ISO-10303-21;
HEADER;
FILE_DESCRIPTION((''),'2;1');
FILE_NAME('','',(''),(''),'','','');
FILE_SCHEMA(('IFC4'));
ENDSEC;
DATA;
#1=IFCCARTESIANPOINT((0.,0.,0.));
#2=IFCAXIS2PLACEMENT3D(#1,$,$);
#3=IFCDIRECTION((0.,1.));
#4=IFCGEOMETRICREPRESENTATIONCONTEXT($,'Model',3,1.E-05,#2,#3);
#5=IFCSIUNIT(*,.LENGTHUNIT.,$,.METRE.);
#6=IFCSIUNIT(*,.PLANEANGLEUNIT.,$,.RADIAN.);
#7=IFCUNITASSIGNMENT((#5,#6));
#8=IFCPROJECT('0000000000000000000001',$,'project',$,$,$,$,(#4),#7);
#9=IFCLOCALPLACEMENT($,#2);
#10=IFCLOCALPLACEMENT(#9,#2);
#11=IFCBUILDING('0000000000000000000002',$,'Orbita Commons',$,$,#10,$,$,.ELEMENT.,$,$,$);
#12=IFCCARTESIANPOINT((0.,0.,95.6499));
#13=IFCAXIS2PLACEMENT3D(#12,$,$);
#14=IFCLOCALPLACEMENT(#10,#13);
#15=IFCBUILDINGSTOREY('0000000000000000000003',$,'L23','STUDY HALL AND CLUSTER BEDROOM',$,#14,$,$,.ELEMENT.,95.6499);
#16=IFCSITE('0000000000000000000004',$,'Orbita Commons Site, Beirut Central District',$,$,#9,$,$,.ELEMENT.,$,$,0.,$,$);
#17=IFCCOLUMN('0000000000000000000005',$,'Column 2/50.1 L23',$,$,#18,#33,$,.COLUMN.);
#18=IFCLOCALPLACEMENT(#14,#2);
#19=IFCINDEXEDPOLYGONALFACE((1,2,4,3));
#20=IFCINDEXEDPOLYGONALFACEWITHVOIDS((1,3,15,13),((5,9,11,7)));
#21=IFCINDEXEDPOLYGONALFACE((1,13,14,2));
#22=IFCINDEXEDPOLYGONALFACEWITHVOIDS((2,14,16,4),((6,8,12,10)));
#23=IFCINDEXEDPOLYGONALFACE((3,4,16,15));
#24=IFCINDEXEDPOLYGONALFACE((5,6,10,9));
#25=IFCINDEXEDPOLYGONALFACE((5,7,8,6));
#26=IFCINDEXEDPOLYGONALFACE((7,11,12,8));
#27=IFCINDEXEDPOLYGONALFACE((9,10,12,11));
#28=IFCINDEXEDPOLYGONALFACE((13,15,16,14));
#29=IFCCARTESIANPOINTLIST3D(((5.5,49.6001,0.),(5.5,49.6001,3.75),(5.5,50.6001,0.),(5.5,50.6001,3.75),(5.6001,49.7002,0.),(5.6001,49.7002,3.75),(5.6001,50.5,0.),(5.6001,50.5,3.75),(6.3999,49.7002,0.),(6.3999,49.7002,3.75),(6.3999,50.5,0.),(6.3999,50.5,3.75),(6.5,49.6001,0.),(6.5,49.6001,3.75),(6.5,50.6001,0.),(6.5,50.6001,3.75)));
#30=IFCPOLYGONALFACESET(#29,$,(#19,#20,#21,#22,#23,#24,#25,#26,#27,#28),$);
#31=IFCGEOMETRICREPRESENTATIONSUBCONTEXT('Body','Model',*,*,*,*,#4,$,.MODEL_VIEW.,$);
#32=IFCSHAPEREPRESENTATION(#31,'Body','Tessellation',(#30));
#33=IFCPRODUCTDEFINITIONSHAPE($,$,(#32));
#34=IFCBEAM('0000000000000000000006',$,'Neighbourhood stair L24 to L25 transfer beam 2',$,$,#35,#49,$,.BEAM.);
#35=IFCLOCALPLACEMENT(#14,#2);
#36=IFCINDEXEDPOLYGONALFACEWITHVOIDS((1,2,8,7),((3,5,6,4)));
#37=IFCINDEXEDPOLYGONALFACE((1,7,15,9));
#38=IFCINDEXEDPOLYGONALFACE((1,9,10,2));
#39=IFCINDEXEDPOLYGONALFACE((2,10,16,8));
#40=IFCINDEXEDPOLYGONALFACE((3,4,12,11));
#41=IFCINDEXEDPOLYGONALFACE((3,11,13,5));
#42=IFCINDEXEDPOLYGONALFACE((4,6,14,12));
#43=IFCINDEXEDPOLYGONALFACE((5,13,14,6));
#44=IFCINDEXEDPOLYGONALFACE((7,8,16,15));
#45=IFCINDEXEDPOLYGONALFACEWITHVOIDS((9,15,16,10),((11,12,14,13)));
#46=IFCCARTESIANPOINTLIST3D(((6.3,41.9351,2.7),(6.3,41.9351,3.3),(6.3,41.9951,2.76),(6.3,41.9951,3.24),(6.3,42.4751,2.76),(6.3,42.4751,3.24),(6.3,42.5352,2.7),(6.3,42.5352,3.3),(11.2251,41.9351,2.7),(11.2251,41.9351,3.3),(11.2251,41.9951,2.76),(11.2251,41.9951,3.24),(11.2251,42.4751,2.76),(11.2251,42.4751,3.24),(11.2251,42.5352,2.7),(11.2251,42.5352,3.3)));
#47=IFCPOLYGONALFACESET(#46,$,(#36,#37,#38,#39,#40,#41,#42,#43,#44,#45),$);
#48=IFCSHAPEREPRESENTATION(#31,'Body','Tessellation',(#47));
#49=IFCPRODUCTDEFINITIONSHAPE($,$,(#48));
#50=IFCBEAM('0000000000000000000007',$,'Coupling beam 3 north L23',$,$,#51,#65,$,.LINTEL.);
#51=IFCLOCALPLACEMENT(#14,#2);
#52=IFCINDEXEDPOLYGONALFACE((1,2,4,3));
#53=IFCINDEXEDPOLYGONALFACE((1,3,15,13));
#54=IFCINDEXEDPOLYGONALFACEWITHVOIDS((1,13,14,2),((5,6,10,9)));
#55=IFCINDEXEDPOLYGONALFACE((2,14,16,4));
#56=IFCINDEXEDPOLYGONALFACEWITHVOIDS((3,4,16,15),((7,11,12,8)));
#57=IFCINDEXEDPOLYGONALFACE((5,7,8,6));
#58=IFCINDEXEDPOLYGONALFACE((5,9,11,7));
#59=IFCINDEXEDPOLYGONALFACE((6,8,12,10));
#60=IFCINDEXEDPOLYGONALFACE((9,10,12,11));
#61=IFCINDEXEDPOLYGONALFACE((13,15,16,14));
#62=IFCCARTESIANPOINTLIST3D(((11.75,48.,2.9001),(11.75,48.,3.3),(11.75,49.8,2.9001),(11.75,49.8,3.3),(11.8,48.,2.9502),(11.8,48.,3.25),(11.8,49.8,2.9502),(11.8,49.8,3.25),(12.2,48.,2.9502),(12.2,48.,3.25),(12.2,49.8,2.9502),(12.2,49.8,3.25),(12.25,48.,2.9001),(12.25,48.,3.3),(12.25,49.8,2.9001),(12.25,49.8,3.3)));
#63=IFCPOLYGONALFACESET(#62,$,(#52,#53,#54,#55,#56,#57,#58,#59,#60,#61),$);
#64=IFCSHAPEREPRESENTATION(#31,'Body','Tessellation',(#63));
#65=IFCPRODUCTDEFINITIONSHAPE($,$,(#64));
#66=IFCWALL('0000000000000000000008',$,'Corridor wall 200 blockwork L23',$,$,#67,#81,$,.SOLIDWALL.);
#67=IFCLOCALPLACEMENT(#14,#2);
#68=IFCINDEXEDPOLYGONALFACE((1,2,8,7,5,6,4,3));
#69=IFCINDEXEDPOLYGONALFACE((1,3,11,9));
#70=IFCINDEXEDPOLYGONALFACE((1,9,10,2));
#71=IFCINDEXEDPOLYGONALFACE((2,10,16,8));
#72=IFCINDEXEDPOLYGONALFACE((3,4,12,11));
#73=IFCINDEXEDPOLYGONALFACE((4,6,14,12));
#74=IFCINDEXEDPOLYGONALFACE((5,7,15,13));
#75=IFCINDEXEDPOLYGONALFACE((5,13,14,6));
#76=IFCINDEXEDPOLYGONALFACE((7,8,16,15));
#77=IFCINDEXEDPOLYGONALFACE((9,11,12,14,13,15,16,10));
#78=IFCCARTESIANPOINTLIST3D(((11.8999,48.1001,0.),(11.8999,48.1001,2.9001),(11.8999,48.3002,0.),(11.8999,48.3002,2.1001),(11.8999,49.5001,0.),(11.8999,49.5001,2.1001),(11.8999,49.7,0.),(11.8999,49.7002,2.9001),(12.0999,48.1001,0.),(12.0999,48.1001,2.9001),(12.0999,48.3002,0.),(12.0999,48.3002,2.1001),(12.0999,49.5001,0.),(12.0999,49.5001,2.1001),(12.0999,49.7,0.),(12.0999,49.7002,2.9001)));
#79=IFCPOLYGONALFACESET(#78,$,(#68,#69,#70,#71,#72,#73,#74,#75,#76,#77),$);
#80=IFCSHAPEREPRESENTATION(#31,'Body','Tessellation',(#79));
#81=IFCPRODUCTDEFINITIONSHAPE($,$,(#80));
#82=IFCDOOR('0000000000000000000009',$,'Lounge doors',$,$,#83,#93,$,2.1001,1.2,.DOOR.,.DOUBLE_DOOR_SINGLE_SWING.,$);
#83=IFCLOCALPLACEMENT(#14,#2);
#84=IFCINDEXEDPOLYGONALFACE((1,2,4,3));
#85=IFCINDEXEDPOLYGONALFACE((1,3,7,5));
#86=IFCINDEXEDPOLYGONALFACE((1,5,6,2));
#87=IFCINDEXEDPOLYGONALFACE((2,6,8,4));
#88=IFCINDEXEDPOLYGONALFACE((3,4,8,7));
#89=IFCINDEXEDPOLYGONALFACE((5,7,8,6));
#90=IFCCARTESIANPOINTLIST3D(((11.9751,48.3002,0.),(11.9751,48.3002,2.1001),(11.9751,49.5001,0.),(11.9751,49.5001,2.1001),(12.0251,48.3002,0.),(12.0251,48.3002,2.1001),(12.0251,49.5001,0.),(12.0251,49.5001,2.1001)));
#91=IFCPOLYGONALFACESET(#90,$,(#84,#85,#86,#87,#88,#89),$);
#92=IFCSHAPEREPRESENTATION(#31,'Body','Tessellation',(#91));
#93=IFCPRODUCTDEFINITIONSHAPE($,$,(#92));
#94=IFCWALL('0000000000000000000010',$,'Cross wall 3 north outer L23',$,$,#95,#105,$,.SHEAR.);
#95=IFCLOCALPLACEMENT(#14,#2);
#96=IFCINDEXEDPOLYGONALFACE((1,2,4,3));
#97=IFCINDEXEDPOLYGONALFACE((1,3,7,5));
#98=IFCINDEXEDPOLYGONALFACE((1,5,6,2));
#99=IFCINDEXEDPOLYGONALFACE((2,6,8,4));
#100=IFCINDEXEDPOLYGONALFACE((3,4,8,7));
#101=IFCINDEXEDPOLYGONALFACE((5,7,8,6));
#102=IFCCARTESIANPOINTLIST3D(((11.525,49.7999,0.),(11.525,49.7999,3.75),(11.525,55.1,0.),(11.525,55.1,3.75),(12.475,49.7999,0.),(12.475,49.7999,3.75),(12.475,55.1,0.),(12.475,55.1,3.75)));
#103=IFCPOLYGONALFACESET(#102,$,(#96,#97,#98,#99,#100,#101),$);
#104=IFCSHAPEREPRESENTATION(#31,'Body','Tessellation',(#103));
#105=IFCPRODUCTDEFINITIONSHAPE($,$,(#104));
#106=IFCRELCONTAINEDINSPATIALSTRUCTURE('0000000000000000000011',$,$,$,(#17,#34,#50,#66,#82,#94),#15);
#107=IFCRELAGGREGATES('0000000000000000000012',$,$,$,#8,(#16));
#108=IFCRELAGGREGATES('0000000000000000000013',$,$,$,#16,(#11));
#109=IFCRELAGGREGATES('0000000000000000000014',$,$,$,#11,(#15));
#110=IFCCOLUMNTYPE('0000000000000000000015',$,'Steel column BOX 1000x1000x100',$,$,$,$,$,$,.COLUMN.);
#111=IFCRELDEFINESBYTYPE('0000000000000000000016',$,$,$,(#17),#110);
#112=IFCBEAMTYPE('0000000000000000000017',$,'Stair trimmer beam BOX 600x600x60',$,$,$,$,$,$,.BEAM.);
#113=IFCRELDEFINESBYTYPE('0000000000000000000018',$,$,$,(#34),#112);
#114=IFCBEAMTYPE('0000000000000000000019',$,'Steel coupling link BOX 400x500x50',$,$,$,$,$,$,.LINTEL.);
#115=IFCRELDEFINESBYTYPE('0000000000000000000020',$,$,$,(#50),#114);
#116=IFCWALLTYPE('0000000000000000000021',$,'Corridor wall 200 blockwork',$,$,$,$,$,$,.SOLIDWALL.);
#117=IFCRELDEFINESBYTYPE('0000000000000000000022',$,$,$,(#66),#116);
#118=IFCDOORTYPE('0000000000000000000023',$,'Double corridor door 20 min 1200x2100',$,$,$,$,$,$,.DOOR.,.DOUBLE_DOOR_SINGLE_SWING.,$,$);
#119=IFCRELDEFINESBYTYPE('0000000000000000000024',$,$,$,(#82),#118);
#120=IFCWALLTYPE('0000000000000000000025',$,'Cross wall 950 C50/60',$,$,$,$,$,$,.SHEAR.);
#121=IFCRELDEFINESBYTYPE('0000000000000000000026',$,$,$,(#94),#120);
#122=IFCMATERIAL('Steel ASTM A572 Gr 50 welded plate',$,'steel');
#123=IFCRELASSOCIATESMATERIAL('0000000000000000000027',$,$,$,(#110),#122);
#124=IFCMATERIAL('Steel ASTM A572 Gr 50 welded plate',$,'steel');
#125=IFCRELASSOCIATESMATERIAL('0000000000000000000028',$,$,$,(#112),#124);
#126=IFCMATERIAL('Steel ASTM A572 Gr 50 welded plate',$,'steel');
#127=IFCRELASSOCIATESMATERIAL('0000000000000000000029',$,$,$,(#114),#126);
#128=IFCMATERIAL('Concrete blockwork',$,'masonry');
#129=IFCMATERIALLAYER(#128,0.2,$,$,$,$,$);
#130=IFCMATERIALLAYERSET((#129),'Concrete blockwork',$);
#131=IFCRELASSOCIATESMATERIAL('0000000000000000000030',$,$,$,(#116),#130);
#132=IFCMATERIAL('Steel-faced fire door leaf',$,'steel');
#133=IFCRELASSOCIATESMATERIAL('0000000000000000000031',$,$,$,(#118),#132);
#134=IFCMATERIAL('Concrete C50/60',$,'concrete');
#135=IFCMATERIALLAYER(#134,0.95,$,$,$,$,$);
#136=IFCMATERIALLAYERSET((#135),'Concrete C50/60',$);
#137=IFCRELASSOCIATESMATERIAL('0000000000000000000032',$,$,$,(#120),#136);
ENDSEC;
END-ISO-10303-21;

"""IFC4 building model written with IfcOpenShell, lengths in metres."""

from ifc_helpers import new_model, si_unit, direction, frame, frame_2d, origin, origin_2d, place, context, subcontext, project, spatial, polyline, rectangle, hollow_rectangle, outline, extrude, material, layer, layer_set, material_profile, profile_set, type_object, element, fill, save


model = new_model("IFC4")

# Units and contexts
model_context = context("Model", 3, precision=1e-05, world=origin(), true_north=direction((0.0, 1.0)))
body_context = subcontext(model_context, "Body", "Model", "MODEL_VIEW")
ifc_project = project(units=[si_unit("LENGTHUNIT", "METRE"), si_unit("PLANEANGLEUNIT", "RADIAN")], contexts=[model_context])

# Site, building, storey
site_placement = place(None, origin())
site = spatial("IfcSite", under=ifc_project, at=site_placement, Name="Orbita Commons Site, Beirut Central District", CompositionType="ELEMENT", RefElevation=0.0)
building_placement = place(site_placement, origin())
building = spatial("IfcBuilding", under=site, at=building_placement, Name="Orbita Commons", CompositionType="ELEMENT")
storey_placement = place(building_placement, frame((0.0, 0.0, 95.6499)))
storey = spatial("IfcBuildingStorey", under=building, at=storey_placement, Name="L23", Description="STUDY HALL AND CLUSTER BEDROOM", CompositionType="ELEMENT", Elevation=95.6499)

# Column
ifc_material_1 = material(Name="Steel ASTM A572 Gr 50 welded plate", Category="steel")
ifc_material_profile_1 = material_profile(ifc_material_1, hollow_rectangle(XDim=1.0, YDim=1.0, WallThickness=0.1001, at=origin_2d()), Name="BOX 1000x1000x100")
ifc_profile_set_1 = profile_set([ifc_material_profile_1], Name="Steel ASTM A572 Gr 50 welded plate")
column_type = type_object("IfcColumnType", Name="Steel column BOX 1000x1000x100", PredefinedType="COLUMN", material=ifc_profile_set_1)
column_placement = place(storey_placement, frame((6.0, 50.1001, 0.0), z_axis=(0.0, 0.0, 1.0), x_axis=(1.0, 0.0, 0.0)))
element("IfcColumn", 1, at=column_placement, inside=storey, type_object=column_type, Name="Column 2/50.1 L23", PredefinedType="COLUMN", context=body_context, shape_type="SweptSolid", body=[
    extrude(hollow_rectangle(XDim=1.0, YDim=1.0, WallThickness=0.1001, at=origin_2d()), origin(), (0.0, 0.0, 1.0), 3.75),
])

# Beams
ifc_material_2 = material(Name="Steel ASTM A572 Gr 50 welded plate", Category="steel")
ifc_material_profile_2 = material_profile(ifc_material_2, hollow_rectangle(XDim=0.6001, YDim=0.6001, WallThickness=0.0601, at=origin_2d()), Name="BOX 600x600x60")
ifc_profile_set_2 = profile_set([ifc_material_profile_2], Name="Steel ASTM A572 Gr 50 welded plate")
beam_type_1 = type_object("IfcBeamType", Name="Stair trimmer beam BOX 600x600x60", PredefinedType="BEAM", material=ifc_profile_set_2)
beam_1_placement = place(storey_placement, frame((6.3, 42.2351, 3.0), z_axis=(1.0, 0.0, 0.0), x_axis=(0.0, 1.0, 0.0)))
element("IfcBeam", 2, at=beam_1_placement, inside=storey, type_object=beam_type_1, Name="Neighbourhood stair L24 to L25 transfer beam 2", PredefinedType="BEAM", context=body_context, shape_type="SweptSolid", body=[
    extrude(hollow_rectangle(XDim=0.6001, YDim=0.6001, WallThickness=0.0601, at=origin_2d()), origin(), (0.0, 0.0, 1.0), 4.925),
])
ifc_material_3 = material(Name="Steel ASTM A572 Gr 50 welded plate", Category="steel")
ifc_material_profile_3 = material_profile(ifc_material_3, hollow_rectangle(XDim=0.5, YDim=0.3999, WallThickness=0.05, at=origin_2d()), Name="BOX 400x500x50")
ifc_profile_set_3 = profile_set([ifc_material_profile_3], Name="Steel ASTM A572 Gr 50 welded plate")
beam_type_2 = type_object("IfcBeamType", Name="Steel coupling link BOX 400x500x50", PredefinedType="LINTEL", material=ifc_profile_set_3)
beam_2_placement = place(storey_placement, frame((12.0, 48.0, 3.1001), z_axis=(0.0, 1.0, 0.0), x_axis=(-1.0, 0.0, 0.0)))
element("IfcBeam", 3, at=beam_2_placement, inside=storey, type_object=beam_type_2, Name="Coupling beam 3 north L23", PredefinedType="LINTEL", context=body_context, shape_type="SweptSolid", body=[
    extrude(hollow_rectangle(XDim=0.5, YDim=0.3999, WallThickness=0.05, at=origin_2d()), origin(), (0.0, 0.0, 1.0), 1.8),
])

# Wall, opening, door
ifc_material_4 = material(Name="Concrete blockwork", Category="masonry")
ifc_layer_1 = layer(ifc_material_4, 0.2)
ifc_layer_set_1 = layer_set([ifc_layer_1], Name="Concrete blockwork")
wall_type_1 = type_object("IfcWallType", Name="Corridor wall 200 blockwork", PredefinedType="SOLIDWALL", material=ifc_layer_set_1)
wall_1_placement = place(storey_placement, frame((12.0, 48.1001, 0.0), z_axis=(0.0, 0.0, 1.0), x_axis=(0.0, 1.0, 0.0)))
wall_1 = element("IfcWall", 4, at=wall_1_placement, inside=storey, type_object=wall_type_1, Name="Corridor wall 200 blockwork L23", PredefinedType="SOLIDWALL", context=body_context, shape_type="SweptSolid", body=[
    extrude(outline(polyline([(0.0, 0.0), (1.5999, 0.0), (1.6001, 2.9001), (0.0, 2.9001), (0.0, 0.0)])), frame((0.0, 0.1001, 0.0), z_axis=(0.0, -1.0, 0.0), x_axis=(1.0, 0.0, 0.0)), (0.0, 0.0, 1.0), 0.2),
])
opening_1_placement = place(wall_1_placement, frame((0.2, 0.0, 0.0)))
opening_1 = element("IfcOpeningElement", 5, at=opening_1_placement, cuts=wall_1, PredefinedType="OPENING", context=body_context, shape_type="SweptSolid", body=[
    extrude(rectangle(XDim=1.2, YDim=2.1001, at=frame_2d((0.6001, 1.05))), frame((0.0, 0.1099, 0.0), z_axis=(0.0, -1.0, 0.0), x_axis=(1.0, 0.0, 0.0)), (0.0, 0.0, 1.0), 0.22),
])
ifc_material_5 = material(Name="Steel-faced fire door leaf", Category="steel")
door_type = type_object("IfcDoorType", Name="Double corridor door 20 min 1200x2100", OperationType="DOUBLE_DOOR_SINGLE_SWING", PredefinedType="DOOR", material=ifc_material_5)
door_placement = place(opening_1_placement, origin())
door = element("IfcDoor", 6, at=door_placement, inside=storey, type_object=door_type, Name="Lounge doors", OperationType="DOUBLE_DOOR_SINGLE_SWING", OverallHeight=2.1001, OverallWidth=1.2, PredefinedType="DOOR", context=body_context, shape_type="SweptSolid", body=[
    extrude(rectangle(XDim=1.2, YDim=2.1001, at=frame_2d((0.6001, 1.05))), frame((0.0, 0.0249, 0.0), z_axis=(0.0, -1.0, 0.0), x_axis=(1.0, 0.0, 0.0)), (0.0, 0.0, 1.0), 0.05),
])
fill(opening_1, door)

# Wall
ifc_material_6 = material(Name="Concrete C50/60", Category="concrete")
ifc_layer_2 = layer(ifc_material_6, 0.95)
ifc_layer_set_2 = layer_set([ifc_layer_2], Name="Concrete C50/60")
wall_type_2 = type_object("IfcWallType", Name="Cross wall 950 C50/60", PredefinedType="SHEAR", material=ifc_layer_set_2)
wall_2_placement = place(storey_placement, frame((12.0, 49.8, 0.0), z_axis=(0.0, 0.0, 1.0), x_axis=(0.0, 1.0, 0.0)))
element("IfcWall", 7, at=wall_2_placement, inside=storey, type_object=wall_type_2, Name="Cross wall 3 north outer L23", PredefinedType="SHEAR", context=body_context, shape_type="SweptSolid", body=[
    extrude(rectangle(XDim=5.3, YDim=0.95, at=frame_2d((2.6499, 0.0))), origin(), (0.0, 0.0, 1.0), 3.75),
])

save(model, "model.ifc")
